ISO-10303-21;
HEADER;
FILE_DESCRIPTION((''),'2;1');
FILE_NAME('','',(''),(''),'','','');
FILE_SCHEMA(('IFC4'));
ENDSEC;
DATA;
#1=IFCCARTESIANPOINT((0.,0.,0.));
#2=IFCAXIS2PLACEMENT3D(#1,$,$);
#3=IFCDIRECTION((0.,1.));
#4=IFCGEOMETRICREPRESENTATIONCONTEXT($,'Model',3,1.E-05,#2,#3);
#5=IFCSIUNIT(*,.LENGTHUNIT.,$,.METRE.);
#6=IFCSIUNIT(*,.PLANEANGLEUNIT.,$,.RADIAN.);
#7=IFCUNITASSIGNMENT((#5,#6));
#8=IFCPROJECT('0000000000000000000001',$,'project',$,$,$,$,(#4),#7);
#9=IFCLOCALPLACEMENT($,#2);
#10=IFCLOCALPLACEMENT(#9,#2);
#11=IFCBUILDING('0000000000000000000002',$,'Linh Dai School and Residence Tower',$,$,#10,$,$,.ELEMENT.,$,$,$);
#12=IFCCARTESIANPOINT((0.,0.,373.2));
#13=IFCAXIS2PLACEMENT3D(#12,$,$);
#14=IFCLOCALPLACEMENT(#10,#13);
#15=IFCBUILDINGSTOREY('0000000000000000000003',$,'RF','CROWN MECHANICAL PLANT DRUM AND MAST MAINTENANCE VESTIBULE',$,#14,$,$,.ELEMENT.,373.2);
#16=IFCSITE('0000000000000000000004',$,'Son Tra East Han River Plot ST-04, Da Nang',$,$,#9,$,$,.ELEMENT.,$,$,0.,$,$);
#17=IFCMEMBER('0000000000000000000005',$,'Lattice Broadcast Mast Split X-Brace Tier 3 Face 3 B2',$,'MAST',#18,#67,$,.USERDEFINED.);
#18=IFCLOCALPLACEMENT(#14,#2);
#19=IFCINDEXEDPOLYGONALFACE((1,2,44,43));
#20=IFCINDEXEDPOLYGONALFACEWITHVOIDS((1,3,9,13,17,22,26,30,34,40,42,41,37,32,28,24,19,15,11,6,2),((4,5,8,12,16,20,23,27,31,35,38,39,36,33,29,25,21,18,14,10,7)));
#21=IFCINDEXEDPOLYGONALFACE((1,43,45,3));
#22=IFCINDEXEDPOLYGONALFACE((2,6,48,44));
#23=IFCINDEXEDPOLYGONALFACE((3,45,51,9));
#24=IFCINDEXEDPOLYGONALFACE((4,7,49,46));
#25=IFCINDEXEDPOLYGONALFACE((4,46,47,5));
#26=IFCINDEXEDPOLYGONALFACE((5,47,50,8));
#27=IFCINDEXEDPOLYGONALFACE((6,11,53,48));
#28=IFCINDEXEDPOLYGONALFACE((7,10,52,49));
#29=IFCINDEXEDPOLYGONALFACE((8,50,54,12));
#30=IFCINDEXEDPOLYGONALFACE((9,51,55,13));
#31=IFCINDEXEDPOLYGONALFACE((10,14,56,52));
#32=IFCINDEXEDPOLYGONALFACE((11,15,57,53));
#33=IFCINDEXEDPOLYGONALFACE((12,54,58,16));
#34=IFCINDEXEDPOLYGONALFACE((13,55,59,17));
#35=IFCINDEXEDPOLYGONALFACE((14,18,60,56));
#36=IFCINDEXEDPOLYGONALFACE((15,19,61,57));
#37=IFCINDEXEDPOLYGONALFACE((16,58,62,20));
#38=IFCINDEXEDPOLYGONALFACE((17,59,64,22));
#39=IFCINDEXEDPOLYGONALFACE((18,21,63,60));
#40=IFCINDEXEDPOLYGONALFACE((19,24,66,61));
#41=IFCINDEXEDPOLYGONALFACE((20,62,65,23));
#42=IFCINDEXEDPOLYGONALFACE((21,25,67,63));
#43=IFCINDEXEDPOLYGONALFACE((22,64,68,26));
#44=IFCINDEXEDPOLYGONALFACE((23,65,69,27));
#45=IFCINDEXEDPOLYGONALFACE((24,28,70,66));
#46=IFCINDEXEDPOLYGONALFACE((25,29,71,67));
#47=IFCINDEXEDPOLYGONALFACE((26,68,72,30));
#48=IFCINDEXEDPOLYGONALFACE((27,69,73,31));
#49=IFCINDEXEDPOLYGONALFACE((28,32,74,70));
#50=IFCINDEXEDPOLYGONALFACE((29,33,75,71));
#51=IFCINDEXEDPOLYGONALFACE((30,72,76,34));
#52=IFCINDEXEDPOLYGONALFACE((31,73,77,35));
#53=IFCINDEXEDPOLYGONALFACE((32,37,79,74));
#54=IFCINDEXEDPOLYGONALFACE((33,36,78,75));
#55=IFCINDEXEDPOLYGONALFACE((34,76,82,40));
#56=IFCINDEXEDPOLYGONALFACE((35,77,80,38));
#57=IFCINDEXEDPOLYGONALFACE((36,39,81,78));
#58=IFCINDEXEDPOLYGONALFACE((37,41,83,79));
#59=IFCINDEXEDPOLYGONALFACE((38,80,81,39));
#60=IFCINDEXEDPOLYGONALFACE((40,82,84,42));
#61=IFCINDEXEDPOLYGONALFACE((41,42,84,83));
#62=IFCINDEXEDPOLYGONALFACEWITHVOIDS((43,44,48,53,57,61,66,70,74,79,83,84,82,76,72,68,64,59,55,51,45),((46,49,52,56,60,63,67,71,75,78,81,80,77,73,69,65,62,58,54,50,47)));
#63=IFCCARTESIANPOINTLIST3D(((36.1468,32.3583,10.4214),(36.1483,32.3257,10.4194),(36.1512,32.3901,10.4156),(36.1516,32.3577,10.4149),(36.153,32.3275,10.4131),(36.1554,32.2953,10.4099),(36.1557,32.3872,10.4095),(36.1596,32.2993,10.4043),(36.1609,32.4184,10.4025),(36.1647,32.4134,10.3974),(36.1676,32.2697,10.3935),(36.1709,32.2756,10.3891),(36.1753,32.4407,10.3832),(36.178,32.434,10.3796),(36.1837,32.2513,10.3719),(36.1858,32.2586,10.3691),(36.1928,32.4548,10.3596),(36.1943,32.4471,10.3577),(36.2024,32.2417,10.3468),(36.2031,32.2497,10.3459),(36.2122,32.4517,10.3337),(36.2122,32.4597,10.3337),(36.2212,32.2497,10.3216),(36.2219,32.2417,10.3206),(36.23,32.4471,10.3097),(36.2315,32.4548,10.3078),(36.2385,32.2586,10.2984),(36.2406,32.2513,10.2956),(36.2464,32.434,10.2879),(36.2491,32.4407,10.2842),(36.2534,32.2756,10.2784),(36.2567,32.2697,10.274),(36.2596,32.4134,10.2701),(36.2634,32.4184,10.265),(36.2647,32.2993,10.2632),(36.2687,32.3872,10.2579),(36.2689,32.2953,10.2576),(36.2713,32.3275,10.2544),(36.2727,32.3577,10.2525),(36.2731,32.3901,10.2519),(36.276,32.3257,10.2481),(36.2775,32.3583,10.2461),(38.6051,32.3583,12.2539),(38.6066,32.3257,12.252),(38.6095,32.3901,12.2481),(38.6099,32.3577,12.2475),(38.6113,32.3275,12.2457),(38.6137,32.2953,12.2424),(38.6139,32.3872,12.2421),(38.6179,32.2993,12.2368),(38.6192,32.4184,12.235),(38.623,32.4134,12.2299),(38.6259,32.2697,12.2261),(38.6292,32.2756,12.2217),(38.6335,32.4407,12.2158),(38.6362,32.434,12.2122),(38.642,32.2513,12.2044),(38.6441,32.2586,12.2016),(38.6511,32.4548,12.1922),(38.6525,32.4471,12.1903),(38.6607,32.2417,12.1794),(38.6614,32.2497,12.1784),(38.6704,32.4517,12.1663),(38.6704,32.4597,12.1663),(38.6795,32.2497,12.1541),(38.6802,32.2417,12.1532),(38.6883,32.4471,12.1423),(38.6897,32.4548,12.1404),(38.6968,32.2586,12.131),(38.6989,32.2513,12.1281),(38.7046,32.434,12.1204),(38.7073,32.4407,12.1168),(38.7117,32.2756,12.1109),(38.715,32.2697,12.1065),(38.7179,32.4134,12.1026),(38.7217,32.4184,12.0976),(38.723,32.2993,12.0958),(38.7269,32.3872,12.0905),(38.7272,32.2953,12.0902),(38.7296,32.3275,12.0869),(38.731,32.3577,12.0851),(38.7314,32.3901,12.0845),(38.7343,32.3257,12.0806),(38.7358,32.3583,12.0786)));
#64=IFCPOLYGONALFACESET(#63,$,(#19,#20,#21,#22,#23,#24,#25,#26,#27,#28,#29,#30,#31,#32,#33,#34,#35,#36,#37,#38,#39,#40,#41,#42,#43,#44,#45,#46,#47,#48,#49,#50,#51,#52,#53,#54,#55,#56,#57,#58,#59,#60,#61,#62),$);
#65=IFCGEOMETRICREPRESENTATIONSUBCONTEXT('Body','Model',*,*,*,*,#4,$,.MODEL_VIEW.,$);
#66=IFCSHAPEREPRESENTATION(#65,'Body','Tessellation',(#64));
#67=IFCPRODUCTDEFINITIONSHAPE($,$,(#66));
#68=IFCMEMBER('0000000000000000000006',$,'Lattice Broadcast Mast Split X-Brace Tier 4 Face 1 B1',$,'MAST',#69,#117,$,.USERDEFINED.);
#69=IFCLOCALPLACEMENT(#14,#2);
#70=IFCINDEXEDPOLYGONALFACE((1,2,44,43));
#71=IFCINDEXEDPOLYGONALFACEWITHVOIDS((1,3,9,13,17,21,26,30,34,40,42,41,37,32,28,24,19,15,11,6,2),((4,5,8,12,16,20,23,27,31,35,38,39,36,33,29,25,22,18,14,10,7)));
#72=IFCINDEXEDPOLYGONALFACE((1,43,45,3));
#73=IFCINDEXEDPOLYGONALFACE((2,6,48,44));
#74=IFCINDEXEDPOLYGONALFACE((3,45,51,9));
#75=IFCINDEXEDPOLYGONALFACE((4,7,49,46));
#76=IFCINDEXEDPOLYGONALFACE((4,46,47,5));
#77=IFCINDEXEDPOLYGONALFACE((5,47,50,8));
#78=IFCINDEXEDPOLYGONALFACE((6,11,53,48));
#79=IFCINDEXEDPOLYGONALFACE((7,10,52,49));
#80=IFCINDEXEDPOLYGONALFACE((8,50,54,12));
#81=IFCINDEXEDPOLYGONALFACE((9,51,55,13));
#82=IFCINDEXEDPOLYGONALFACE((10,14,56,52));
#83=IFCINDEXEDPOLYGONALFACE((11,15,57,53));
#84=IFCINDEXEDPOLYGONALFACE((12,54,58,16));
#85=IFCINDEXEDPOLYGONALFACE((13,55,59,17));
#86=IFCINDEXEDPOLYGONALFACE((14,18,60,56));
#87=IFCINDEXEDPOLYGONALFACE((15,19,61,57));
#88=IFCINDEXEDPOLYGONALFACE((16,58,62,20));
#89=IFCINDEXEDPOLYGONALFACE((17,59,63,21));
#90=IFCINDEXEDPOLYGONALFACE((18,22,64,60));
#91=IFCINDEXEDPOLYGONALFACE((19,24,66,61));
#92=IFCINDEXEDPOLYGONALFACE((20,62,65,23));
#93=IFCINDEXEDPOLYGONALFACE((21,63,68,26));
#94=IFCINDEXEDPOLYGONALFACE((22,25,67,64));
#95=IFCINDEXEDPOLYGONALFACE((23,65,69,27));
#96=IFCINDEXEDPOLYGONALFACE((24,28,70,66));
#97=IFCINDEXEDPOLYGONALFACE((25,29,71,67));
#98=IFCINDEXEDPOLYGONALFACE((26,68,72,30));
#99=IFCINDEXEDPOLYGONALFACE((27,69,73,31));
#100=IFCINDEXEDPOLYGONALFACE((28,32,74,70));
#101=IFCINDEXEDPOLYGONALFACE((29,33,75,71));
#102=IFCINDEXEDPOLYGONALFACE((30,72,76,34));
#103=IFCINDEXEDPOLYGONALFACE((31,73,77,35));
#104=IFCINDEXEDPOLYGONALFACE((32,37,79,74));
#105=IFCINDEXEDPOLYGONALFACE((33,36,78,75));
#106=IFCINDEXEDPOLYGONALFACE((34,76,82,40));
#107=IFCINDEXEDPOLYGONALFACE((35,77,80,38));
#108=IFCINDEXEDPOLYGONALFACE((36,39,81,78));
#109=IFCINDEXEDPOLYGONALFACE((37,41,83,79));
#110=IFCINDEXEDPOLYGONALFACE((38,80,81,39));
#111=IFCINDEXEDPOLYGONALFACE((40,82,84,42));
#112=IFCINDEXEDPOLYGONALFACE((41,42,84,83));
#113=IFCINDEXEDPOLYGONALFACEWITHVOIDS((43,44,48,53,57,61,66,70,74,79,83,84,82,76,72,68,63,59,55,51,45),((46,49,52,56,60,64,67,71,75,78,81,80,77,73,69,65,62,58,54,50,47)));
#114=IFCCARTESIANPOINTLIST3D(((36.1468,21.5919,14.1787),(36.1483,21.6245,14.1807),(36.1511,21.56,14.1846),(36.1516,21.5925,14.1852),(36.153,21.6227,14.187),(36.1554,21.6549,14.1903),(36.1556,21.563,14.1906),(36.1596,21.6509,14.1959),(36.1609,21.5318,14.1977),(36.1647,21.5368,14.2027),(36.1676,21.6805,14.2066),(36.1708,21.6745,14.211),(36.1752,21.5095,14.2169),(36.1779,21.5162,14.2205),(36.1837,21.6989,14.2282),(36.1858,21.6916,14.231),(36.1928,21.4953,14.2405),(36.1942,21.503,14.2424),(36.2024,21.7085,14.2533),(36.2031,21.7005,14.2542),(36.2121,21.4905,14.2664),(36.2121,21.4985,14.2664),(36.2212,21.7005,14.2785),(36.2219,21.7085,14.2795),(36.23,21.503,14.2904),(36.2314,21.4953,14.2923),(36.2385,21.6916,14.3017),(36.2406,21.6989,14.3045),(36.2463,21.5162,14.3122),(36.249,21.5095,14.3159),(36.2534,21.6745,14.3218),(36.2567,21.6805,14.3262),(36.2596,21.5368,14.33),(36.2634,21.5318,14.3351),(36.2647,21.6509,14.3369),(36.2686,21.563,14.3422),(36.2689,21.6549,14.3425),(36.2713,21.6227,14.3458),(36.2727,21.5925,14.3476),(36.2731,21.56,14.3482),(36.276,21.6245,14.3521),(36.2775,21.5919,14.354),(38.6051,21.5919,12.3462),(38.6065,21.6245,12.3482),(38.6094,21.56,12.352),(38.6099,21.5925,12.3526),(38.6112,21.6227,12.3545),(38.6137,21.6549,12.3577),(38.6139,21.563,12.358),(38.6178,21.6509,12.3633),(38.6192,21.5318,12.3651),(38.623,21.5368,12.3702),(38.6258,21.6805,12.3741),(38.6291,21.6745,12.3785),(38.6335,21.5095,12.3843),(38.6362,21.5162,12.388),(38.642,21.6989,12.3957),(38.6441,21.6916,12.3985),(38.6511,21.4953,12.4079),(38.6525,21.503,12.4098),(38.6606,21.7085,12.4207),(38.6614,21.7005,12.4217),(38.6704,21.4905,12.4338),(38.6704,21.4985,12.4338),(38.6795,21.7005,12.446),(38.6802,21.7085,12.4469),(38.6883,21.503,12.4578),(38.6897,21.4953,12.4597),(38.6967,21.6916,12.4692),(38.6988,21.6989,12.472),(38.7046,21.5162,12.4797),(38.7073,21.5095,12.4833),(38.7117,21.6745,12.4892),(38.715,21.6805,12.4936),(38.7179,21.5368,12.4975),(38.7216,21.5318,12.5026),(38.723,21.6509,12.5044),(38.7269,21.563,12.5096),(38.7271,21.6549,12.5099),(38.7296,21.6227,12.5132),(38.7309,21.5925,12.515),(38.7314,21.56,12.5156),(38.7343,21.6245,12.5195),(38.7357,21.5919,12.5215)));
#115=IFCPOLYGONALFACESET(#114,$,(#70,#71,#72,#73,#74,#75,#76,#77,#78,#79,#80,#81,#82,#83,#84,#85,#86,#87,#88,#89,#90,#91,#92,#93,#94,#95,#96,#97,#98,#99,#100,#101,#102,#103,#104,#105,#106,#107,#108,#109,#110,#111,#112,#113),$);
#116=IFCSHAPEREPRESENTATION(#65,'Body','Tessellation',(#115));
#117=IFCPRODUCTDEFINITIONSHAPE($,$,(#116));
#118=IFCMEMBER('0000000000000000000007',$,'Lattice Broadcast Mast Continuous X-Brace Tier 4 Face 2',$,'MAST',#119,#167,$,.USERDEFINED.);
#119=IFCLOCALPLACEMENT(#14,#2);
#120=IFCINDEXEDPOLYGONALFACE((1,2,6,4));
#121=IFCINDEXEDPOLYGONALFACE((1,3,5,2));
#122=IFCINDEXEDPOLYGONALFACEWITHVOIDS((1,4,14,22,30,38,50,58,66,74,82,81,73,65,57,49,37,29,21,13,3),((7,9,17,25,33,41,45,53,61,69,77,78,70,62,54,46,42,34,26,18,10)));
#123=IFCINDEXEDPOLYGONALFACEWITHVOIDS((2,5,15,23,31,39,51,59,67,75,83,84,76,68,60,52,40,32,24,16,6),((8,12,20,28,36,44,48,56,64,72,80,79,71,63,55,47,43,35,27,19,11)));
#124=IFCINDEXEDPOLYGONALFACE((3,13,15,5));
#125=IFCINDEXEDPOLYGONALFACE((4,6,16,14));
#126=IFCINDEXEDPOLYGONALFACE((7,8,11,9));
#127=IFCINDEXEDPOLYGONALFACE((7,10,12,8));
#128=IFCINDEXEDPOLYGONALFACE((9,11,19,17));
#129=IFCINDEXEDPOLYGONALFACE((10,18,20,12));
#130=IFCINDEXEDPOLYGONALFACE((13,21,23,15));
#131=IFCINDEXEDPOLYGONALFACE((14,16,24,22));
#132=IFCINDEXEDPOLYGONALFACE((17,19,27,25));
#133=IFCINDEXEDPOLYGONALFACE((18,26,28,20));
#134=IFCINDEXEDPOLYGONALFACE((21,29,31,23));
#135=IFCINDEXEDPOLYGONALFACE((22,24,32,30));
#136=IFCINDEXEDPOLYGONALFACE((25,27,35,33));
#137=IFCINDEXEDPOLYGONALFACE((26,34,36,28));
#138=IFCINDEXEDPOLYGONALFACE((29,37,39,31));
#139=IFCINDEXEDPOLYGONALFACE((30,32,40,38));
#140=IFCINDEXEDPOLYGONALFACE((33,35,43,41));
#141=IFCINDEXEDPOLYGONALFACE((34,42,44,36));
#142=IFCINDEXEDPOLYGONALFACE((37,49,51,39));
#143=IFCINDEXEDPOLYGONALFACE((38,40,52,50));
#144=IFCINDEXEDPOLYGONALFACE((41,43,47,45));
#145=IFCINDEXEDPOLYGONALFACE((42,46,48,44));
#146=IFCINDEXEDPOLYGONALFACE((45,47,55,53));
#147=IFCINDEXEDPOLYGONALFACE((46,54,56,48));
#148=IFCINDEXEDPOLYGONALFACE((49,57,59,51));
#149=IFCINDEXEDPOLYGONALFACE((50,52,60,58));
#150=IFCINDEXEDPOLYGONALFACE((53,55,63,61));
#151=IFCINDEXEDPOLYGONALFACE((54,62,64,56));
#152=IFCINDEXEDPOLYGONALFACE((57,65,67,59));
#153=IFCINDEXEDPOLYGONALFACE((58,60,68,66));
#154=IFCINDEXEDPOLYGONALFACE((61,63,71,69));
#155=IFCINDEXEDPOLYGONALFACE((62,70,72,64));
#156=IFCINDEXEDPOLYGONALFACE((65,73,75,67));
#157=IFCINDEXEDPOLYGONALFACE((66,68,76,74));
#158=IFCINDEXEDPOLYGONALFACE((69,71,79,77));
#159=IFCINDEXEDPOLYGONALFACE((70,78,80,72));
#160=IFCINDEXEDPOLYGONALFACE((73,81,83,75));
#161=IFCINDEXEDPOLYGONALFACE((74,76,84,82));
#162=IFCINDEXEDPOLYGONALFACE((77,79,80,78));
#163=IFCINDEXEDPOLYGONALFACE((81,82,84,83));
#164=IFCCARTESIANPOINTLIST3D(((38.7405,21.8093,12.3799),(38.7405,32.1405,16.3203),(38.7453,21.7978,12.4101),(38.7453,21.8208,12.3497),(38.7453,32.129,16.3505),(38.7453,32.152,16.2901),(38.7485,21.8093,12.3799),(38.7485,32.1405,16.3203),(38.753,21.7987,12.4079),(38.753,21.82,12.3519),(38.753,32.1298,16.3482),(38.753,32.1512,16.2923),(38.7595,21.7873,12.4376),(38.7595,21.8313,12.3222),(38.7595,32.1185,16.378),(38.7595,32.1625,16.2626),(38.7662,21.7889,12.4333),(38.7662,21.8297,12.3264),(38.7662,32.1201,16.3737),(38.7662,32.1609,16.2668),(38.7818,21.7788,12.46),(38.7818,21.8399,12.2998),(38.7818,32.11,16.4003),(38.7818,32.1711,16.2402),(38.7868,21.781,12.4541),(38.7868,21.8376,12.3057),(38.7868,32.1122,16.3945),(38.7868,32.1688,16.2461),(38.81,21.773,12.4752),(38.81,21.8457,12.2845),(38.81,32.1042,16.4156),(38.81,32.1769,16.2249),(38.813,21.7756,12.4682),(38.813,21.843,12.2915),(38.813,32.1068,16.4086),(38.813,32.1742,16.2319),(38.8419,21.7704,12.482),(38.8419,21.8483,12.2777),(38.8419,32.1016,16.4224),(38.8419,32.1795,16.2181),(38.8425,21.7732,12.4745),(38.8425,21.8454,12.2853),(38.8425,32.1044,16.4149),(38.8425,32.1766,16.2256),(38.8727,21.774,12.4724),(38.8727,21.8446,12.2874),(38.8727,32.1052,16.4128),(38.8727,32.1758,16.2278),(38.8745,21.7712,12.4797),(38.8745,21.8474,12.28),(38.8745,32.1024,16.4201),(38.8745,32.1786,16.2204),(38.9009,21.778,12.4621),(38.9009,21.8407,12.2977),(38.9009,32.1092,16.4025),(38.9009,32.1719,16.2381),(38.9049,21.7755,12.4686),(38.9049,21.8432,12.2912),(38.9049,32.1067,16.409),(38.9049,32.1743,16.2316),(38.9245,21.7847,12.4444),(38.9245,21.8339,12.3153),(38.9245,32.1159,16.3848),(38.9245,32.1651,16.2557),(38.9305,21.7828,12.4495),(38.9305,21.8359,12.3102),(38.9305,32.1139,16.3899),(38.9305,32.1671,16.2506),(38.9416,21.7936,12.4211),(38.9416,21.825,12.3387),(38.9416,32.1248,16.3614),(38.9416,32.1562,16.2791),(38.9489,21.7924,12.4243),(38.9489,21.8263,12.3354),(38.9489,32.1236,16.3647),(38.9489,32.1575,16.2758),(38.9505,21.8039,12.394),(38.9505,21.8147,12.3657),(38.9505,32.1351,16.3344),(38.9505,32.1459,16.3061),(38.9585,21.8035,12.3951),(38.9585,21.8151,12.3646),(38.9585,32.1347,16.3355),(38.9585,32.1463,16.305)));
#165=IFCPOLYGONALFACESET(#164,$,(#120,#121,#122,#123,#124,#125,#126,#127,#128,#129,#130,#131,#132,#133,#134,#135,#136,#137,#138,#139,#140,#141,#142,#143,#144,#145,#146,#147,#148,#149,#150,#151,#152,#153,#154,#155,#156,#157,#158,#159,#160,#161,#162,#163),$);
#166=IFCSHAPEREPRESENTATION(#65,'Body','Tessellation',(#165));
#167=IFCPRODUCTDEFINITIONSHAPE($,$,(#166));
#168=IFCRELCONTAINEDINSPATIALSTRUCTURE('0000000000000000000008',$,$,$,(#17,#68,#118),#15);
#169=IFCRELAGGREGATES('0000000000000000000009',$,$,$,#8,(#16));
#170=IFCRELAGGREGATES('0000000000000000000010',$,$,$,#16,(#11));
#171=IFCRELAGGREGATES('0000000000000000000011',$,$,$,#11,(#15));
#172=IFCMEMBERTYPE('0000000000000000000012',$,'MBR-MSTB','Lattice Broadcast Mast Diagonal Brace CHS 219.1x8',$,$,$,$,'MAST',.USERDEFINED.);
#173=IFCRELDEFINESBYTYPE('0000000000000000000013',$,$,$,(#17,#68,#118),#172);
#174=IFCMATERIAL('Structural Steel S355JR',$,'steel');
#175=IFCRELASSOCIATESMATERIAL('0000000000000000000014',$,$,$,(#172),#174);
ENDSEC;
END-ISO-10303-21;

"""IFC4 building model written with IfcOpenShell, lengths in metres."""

from ifc_helpers import new_model, si_unit, direction, frame, origin, origin_2d, place, context, subcontext, project, spatial, hollow_circle, extrude, material, material_profile, profile_set, type_object, element, save


model = new_model("IFC4")

# Units and contexts
model_context = context("Model", 3, precision=1e-05, world=origin(), true_north=direction((0.0, 1.0)))
body_context = subcontext(model_context, "Body", "Model", "MODEL_VIEW")
ifc_project = project(units=[si_unit("LENGTHUNIT", "METRE"), si_unit("PLANEANGLEUNIT", "RADIAN")], contexts=[model_context])

# Site, building, storey
site_placement = place(None, origin())
site = spatial("IfcSite", under=ifc_project, at=site_placement, Name="Son Tra East Han River Plot ST-04, Da Nang", CompositionType="ELEMENT", RefElevation=0.0)
building_placement = place(site_placement, origin())
building = spatial("IfcBuilding", under=site, at=building_placement, Name="Linh Dai School and Residence Tower", CompositionType="ELEMENT")
storey_placement = place(building_placement, frame((0.0, 0.0, 373.2)))
storey = spatial("IfcBuildingStorey", under=building, at=storey_placement, Name="RF", Description="CROWN MECHANICAL PLANT DRUM AND MAST MAINTENANCE VESTIBULE", CompositionType="ELEMENT", Elevation=373.2)

# Shared definitions
ifc_material = material(Name="Structural Steel S355JR", Category="steel")

# Members
ifc_material_profile_1 = material_profile(ifc_material, hollow_circle(Radius=0.1096, WallThickness=0.0081, at=origin_2d()), Name="CHS 219.1x8")
ifc_profile_set_1 = profile_set([ifc_material_profile_1], Name="Structural Steel S355JR")
member_type = type_object("IfcMemberType", Name="MBR-MSTB", Description="Lattice Broadcast Mast Diagonal Brace CHS 219.1x8", ElementType="MAST", PredefinedType="USERDEFINED", material=ifc_profile_set_1)
for number, where, z_axis, x_axis, name in (
    (1, (36.2122, 32.3501, 10.3337), (0.801745, 0.0, 0.597666), (0.0, 1.0, 0.0), "Lattice Broadcast Mast Split X-Brace Tier 3 Face 3 B2"),
    (2, (38.6704, 21.6001, 12.4338), (-0.801745, 0.0, 0.597666), (0.0, -1.0, 0.0), "Lattice Broadcast Mast Split X-Brace Tier 4 Face 1 B1"),
):
    element("IfcMember", number, at=place(storey_placement, frame(where, z_axis=z_axis, x_axis=x_axis)), inside=storey, type_object=member_type, Name=name, ObjectType="MAST", PredefinedType="USERDEFINED", context=body_context, shape_type="SweptSolid", body=[
        extrude(hollow_circle(Radius=0.1096, WallThickness=0.0081, at=origin_2d()), origin(), (0.0, 0.0, 1.0), 3.0662),
    ])
member_1_placement = place(storey_placement, frame((38.8501, 21.8093, 12.3799), z_axis=(0.0, 0.934346, 0.356366), x_axis=(-1.0, 0.0, 0.0)))
element("IfcMember", 3, at=member_1_placement, inside=storey, type_object=member_type, Name="Lattice Broadcast Mast Continuous X-Brace Tier 4 Face 2", ObjectType="MAST", PredefinedType="USERDEFINED", context=body_context, shape_type="SweptSolid", body=[
    extrude(hollow_circle(Radius=0.1096, WallThickness=0.0081, at=origin_2d()), origin(), (0.0, 0.0, 1.0), 11.0571),
])

save(model, "model.ifc")
